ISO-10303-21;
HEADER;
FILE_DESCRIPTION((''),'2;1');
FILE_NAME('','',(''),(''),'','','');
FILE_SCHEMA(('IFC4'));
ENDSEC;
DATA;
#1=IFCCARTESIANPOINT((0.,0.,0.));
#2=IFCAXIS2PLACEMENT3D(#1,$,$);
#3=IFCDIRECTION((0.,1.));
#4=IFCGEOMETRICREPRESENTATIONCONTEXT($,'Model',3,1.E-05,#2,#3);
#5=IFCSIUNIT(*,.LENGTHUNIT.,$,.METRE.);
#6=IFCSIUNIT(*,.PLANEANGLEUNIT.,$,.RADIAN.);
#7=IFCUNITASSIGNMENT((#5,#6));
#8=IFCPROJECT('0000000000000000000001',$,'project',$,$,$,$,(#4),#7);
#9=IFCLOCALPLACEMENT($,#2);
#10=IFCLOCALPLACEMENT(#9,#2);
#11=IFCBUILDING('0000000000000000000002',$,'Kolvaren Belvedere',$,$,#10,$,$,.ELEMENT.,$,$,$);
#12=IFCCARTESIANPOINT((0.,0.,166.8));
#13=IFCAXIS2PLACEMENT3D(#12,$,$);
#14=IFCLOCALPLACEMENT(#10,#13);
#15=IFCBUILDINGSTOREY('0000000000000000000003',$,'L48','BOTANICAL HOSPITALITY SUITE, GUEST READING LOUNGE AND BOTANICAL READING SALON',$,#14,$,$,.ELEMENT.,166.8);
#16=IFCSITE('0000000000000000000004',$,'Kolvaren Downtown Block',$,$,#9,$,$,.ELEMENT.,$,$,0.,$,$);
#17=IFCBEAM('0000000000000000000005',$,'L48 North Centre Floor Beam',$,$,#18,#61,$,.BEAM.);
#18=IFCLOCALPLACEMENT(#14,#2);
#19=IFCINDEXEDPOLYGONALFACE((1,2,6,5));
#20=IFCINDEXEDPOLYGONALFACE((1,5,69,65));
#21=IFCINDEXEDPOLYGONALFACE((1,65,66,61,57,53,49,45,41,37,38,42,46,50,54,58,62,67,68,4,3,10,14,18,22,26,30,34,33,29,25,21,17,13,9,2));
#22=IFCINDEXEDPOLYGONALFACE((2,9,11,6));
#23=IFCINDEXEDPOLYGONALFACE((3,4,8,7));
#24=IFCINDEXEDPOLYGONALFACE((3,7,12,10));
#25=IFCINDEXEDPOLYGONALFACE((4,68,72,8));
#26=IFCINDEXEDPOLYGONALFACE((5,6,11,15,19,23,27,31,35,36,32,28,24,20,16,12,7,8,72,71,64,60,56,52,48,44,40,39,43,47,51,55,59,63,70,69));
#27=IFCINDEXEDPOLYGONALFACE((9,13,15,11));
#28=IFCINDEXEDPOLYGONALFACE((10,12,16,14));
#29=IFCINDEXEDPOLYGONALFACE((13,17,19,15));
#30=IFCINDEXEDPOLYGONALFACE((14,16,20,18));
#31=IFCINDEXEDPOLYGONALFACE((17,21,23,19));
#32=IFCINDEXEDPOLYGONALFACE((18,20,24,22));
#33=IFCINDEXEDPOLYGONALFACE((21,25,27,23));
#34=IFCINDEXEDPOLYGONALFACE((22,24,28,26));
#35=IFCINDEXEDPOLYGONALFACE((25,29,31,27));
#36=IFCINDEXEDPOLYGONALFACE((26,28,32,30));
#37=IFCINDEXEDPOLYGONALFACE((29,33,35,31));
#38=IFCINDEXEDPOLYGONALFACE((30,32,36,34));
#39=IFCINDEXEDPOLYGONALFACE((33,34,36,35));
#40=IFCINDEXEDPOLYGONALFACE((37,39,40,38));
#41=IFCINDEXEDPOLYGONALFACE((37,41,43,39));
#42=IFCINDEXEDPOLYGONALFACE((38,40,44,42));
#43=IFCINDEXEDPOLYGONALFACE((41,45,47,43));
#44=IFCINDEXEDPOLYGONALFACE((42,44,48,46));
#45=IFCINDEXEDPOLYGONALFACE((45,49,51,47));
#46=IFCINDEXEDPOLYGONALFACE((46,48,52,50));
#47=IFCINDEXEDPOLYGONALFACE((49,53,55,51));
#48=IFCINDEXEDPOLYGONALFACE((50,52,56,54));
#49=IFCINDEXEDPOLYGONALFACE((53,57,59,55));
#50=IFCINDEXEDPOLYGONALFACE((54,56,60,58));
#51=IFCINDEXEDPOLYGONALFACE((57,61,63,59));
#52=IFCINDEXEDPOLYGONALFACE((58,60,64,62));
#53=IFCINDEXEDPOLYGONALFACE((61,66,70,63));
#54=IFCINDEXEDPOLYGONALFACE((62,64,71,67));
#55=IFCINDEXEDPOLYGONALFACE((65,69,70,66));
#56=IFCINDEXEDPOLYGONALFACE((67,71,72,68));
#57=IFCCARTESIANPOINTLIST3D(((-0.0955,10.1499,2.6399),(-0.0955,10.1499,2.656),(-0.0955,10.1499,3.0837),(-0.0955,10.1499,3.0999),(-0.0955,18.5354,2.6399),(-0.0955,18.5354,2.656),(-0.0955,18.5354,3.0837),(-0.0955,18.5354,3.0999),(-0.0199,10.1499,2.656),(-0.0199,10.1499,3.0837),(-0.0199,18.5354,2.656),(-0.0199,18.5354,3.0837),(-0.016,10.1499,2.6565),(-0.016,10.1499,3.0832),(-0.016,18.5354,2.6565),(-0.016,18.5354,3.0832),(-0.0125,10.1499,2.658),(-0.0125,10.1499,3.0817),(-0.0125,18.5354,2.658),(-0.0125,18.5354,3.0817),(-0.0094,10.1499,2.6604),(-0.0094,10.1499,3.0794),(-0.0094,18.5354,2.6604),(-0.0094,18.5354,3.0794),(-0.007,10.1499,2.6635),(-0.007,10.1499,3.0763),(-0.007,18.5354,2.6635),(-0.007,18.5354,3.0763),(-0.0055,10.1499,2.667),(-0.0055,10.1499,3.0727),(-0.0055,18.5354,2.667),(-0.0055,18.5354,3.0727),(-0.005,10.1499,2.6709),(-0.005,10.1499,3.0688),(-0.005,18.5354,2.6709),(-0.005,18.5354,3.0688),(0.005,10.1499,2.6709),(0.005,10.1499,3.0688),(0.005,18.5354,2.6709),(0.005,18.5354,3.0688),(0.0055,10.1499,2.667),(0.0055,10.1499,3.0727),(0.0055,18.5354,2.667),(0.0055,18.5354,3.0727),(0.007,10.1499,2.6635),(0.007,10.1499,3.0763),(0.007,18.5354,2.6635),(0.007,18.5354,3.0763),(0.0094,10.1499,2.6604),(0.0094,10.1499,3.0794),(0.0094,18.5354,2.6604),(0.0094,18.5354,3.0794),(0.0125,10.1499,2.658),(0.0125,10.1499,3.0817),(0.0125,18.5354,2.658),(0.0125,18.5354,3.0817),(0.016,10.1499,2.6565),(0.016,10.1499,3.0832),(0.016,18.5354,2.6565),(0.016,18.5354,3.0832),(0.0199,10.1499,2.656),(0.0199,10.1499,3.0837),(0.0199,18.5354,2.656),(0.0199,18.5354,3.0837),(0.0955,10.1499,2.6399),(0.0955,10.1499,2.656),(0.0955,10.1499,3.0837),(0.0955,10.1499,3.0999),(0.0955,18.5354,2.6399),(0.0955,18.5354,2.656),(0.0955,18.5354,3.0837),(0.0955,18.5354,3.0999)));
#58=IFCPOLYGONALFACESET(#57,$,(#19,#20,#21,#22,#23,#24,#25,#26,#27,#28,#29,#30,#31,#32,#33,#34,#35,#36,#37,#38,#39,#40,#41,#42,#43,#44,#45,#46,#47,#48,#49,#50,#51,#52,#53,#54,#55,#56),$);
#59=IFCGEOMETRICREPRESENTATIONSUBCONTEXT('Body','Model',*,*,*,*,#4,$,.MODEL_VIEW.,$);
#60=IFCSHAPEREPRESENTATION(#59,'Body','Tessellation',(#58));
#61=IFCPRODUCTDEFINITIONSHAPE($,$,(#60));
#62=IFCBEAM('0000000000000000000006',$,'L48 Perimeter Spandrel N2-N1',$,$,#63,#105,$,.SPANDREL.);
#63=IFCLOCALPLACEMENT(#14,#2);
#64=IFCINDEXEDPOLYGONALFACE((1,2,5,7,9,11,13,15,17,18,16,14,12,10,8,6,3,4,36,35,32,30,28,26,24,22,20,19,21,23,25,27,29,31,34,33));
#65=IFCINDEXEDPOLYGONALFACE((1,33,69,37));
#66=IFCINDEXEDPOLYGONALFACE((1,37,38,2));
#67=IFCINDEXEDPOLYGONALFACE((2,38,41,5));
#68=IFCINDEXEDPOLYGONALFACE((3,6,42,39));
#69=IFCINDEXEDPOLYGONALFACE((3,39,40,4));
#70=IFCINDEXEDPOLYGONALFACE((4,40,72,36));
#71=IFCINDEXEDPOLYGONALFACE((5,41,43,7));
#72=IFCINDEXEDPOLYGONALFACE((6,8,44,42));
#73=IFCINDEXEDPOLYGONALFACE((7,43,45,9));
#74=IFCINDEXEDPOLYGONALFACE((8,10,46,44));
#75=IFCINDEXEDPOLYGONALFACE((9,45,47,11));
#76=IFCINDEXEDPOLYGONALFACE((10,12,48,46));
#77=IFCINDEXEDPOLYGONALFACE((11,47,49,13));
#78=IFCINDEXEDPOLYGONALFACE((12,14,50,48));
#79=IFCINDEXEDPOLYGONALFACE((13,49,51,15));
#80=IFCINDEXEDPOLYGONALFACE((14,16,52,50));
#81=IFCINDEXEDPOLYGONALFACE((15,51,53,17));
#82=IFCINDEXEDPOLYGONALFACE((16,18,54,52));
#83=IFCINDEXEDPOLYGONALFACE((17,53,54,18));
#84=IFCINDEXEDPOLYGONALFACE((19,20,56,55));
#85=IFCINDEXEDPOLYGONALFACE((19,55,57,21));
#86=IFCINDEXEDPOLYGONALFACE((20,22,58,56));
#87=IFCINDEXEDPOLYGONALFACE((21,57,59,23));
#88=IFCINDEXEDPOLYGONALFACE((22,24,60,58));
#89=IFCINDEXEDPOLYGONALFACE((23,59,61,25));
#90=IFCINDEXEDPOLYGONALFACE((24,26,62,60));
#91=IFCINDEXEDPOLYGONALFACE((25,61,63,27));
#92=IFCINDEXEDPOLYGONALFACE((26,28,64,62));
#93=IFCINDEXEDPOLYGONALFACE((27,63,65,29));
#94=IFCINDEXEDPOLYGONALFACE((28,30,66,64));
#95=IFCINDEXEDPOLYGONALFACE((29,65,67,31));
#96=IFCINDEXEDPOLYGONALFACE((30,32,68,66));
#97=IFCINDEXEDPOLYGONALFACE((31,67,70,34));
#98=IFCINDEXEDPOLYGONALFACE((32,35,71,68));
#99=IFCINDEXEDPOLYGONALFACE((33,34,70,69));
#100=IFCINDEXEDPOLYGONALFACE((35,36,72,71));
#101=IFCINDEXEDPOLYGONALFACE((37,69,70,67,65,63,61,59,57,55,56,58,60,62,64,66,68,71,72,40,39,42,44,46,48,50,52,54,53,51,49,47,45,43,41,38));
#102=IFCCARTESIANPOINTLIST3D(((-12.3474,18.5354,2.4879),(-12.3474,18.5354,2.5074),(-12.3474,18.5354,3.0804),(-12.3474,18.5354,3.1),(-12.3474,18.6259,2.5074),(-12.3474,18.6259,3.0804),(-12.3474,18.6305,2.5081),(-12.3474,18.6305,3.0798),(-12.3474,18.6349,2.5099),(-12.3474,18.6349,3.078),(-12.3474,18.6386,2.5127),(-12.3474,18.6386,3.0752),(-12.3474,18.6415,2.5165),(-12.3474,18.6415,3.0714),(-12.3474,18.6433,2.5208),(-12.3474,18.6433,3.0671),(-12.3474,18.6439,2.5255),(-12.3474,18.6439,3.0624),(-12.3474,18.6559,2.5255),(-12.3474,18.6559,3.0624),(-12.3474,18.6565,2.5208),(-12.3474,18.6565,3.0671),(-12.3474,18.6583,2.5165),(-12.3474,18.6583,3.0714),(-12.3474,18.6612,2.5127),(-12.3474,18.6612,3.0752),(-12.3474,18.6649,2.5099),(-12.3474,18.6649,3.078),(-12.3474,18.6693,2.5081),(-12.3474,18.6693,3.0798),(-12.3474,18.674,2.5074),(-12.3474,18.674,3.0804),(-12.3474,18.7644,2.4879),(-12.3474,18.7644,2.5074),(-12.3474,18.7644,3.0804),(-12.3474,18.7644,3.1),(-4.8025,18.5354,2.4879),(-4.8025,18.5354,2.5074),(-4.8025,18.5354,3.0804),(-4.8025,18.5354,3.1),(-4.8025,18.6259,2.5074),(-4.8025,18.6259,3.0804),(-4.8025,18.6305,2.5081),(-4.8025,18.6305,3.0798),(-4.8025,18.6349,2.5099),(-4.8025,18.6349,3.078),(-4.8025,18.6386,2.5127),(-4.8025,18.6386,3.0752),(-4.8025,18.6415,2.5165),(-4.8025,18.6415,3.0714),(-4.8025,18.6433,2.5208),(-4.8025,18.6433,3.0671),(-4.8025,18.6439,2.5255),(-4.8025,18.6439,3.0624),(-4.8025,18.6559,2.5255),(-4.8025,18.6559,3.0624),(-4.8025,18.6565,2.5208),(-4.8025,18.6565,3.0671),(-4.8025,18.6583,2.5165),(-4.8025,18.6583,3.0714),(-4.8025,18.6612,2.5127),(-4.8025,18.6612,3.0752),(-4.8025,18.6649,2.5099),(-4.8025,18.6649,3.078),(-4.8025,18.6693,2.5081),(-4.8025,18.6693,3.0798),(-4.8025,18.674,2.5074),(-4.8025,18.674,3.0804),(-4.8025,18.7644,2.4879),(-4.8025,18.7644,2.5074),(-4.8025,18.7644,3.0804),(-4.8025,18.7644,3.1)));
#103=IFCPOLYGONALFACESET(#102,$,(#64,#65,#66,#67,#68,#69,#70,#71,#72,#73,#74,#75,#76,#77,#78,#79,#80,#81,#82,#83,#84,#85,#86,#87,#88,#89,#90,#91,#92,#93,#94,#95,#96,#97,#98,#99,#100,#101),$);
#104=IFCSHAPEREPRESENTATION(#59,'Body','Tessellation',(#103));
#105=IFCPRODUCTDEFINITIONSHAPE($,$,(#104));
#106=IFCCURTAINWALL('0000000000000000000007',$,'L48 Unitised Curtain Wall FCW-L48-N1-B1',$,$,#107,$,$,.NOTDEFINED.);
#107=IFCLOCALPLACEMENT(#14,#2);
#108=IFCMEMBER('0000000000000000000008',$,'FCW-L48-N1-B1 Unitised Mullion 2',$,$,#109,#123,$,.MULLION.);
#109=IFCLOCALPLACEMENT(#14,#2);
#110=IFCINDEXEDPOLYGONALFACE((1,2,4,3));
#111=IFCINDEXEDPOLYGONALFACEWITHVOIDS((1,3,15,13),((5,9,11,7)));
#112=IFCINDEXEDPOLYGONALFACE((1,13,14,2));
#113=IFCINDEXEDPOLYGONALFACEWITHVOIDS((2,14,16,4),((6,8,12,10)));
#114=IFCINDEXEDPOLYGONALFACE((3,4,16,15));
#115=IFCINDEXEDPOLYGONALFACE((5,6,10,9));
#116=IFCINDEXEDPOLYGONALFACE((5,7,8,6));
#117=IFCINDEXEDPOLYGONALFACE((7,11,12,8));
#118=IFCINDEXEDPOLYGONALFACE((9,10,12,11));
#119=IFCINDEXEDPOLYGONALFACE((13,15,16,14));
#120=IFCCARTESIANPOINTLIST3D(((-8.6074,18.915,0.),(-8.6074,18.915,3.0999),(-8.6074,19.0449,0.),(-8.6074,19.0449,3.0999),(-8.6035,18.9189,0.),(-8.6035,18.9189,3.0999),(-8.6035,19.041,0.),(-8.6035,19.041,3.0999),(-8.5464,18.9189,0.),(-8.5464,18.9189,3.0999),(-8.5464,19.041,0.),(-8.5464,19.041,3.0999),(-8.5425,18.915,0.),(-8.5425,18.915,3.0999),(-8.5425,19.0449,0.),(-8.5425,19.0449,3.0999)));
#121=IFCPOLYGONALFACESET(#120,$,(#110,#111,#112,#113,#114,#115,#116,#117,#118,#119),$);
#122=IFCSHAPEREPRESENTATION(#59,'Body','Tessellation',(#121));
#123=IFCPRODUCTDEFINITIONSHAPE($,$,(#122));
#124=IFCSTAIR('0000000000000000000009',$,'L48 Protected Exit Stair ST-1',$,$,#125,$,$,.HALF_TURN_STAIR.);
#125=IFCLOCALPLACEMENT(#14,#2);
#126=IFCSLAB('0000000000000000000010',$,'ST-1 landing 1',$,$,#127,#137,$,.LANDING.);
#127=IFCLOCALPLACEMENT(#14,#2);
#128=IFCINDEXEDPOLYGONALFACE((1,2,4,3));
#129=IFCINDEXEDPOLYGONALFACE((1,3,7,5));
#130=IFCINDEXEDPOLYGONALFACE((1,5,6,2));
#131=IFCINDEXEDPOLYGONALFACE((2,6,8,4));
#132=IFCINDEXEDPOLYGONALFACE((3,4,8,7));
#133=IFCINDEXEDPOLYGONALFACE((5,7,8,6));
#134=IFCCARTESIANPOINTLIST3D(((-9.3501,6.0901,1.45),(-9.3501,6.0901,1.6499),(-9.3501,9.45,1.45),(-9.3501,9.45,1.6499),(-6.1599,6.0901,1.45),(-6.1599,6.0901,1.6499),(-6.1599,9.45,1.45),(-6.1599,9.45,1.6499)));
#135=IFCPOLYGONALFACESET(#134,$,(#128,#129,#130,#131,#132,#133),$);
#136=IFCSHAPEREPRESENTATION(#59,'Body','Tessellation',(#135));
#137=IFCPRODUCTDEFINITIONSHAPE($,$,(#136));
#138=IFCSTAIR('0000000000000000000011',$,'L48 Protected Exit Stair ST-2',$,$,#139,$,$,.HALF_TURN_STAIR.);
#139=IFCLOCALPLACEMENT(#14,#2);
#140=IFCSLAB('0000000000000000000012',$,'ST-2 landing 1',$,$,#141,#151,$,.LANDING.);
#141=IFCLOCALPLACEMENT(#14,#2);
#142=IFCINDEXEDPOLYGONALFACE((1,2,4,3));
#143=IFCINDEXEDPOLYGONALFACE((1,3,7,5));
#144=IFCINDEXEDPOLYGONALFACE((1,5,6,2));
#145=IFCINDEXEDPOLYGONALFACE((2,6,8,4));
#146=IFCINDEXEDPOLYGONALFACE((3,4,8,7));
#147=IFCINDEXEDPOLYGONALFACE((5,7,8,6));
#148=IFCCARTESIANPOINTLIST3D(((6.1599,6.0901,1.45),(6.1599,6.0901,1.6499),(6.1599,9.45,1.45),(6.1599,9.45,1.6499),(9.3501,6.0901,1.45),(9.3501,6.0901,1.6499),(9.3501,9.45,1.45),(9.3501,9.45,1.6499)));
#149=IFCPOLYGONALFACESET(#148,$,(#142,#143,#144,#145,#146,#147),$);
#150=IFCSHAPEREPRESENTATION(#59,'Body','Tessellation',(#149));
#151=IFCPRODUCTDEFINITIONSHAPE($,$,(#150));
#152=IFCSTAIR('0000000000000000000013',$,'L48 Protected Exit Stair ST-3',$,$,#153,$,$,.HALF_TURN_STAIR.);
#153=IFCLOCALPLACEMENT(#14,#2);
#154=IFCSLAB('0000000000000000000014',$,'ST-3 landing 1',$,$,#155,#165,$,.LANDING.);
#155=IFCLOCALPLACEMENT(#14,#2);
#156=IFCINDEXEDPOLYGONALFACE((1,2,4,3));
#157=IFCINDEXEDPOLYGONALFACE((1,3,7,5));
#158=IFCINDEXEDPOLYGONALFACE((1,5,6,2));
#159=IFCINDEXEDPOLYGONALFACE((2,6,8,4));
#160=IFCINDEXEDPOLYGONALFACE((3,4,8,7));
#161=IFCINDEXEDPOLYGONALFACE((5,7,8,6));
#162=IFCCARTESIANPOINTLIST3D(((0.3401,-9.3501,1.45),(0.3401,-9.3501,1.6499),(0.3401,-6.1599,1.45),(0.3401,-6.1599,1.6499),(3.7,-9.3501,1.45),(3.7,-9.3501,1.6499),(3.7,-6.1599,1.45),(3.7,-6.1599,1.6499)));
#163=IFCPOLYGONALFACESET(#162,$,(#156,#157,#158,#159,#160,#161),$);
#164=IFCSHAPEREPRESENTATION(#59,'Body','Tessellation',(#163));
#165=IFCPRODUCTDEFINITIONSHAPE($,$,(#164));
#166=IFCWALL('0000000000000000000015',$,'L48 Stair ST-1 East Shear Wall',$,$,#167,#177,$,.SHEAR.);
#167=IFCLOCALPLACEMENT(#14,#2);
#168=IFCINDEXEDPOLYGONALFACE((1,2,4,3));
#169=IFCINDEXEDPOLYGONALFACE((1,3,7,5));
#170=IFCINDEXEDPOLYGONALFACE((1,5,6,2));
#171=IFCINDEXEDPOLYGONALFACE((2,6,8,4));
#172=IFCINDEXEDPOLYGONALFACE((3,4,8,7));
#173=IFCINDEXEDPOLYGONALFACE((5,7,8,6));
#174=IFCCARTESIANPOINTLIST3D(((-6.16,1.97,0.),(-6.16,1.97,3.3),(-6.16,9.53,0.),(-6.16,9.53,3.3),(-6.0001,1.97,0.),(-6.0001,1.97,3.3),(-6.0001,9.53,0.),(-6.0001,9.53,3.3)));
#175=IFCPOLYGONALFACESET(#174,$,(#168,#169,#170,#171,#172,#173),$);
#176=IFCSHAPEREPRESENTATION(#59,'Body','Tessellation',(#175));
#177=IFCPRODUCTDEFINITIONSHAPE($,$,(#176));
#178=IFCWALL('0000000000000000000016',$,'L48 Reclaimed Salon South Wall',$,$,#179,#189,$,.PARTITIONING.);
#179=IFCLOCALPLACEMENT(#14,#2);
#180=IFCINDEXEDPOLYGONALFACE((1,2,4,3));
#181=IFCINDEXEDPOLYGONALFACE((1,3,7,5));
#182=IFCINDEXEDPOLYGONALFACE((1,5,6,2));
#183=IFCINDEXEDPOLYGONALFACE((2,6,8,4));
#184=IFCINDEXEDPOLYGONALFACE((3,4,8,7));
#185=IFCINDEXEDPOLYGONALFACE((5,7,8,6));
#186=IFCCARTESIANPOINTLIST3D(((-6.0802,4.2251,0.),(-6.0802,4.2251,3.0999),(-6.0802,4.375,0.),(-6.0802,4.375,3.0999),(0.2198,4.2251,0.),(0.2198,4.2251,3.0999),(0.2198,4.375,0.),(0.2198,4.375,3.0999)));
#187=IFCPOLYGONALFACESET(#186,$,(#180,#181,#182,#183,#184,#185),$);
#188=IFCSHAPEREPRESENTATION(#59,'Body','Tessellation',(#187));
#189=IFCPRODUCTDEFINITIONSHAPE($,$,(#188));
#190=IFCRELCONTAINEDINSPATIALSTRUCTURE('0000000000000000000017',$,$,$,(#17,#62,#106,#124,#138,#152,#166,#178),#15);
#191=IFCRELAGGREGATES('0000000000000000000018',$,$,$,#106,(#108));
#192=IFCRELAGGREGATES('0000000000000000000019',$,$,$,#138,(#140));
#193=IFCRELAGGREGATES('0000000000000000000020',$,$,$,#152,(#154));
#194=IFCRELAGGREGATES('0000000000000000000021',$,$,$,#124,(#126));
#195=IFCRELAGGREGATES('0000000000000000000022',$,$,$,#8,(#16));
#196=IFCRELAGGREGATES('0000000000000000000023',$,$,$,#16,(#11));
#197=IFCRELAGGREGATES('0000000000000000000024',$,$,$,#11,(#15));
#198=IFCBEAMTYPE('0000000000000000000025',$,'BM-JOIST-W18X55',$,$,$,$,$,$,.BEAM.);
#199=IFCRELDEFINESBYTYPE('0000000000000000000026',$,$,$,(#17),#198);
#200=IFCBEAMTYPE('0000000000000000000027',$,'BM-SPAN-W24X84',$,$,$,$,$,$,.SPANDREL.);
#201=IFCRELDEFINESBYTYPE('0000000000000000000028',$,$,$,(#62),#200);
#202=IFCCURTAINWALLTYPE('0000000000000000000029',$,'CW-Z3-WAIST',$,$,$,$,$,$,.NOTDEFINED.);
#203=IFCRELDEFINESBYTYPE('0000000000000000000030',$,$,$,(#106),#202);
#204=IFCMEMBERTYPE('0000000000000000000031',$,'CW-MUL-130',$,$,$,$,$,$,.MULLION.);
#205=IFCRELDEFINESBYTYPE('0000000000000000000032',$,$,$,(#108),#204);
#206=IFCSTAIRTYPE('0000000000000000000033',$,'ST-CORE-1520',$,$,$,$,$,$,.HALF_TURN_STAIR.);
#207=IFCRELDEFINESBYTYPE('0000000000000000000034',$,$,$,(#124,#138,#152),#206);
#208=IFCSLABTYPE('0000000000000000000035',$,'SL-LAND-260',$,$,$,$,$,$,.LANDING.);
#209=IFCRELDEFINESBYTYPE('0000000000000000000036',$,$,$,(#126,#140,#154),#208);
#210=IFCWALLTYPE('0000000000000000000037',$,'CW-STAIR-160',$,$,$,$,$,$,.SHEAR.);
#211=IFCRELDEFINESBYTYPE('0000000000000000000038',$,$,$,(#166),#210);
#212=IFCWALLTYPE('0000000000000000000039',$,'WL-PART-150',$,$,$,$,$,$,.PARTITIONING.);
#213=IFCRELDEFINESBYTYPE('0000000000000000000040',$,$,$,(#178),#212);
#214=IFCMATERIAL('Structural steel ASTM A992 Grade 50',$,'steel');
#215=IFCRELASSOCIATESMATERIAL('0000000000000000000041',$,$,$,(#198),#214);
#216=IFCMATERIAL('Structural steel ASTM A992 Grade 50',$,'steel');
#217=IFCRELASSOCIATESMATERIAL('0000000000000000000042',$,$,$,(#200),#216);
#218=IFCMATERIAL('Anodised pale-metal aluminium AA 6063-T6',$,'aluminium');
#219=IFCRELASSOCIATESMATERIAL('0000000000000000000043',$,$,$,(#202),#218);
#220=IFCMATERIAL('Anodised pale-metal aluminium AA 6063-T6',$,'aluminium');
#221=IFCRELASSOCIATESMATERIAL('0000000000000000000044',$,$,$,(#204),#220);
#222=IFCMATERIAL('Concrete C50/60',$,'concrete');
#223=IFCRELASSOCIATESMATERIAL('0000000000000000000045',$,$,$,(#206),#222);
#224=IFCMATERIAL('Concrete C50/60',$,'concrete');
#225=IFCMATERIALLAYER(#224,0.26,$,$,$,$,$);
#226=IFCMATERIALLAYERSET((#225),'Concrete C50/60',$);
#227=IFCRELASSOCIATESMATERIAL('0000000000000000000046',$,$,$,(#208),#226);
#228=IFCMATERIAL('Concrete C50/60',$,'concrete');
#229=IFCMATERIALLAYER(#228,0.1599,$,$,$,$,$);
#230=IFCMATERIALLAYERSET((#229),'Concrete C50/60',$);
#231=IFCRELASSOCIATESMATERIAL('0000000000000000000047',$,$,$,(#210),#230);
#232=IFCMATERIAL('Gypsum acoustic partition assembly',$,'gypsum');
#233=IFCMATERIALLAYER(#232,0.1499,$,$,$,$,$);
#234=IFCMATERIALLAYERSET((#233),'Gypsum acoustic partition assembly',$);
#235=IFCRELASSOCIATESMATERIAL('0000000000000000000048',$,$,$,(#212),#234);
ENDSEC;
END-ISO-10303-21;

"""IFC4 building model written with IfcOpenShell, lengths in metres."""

from ifc_helpers import new_model, si_unit, direction, frame, frame_2d, origin, origin_2d, place, context, subcontext, project, spatial, polyline, rectangle, hollow_rectangle, i_section, outline, extrude, material, layer, layer_set, material_profile, profile_set, type_object, element, aggregate, save


model = new_model("IFC4")

# Units and contexts
model_context = context("Model", 3, precision=1e-05, world=origin(), true_north=direction((0.0, 1.0)))
body_context = subcontext(model_context, "Body", "Model", "MODEL_VIEW")
ifc_project = project(units=[si_unit("LENGTHUNIT", "METRE"), si_unit("PLANEANGLEUNIT", "RADIAN")], contexts=[model_context])

# Site, building, storey
site_placement = place(None, origin())
site = spatial("IfcSite", under=ifc_project, at=site_placement, Name="Kolvaren Downtown Block", CompositionType="ELEMENT", RefElevation=0.0)
building_placement = place(site_placement, origin())
building = spatial("IfcBuilding", under=site, at=building_placement, Name="Kolvaren Belvedere", CompositionType="ELEMENT")
storey_placement = place(building_placement, frame((0.0, 0.0, 166.8)))
storey = spatial("IfcBuildingStorey", under=building, at=storey_placement, Name="L48", Description="BOTANICAL HOSPITALITY SUITE, GUEST READING LOUNGE AND BOTANICAL READING SALON", CompositionType="ELEMENT", Elevation=166.8)

# Beams
ifc_material_1 = material(Name="Structural steel ASTM A992 Grade 50", Category="steel")
ifc_material_profile_1 = material_profile(ifc_material_1, i_section(OverallWidth=0.1909, OverallDepth=0.46, WebThickness=0.01, FlangeThickness=0.0161, FilletRadius=0.0149, at=origin_2d()), Name="W18X55")
ifc_profile_set_1 = profile_set([ifc_material_profile_1], Name="Structural steel ASTM A992 Grade 50")
beam_type_1 = type_object("IfcBeamType", Name="BM-JOIST-W18X55", PredefinedType="BEAM", material=ifc_profile_set_1)
beam_1_placement = place(storey_placement, frame((0.0, 10.1499, 2.8699), z_axis=(0.0, 1.0, 0.0), x_axis=(-1.0, 0.0, 0.0)))
element("IfcBeam", 1, at=beam_1_placement, inside=storey, type_object=beam_type_1, Name="L48 North Centre Floor Beam", PredefinedType="BEAM", context=body_context, shape_type="SweptSolid", body=[
    extrude(i_section(OverallWidth=0.1909, OverallDepth=0.46, WebThickness=0.01, FlangeThickness=0.0161, FilletRadius=0.0149, at=origin_2d()), origin(), (0.0, 0.0, 1.0), 8.3855),
])
ifc_material_2 = material(Name="Structural steel ASTM A992 Grade 50", Category="steel")
ifc_material_profile_2 = material_profile(ifc_material_2, i_section(OverallWidth=0.229, OverallDepth=0.6121, WebThickness=0.012, FlangeThickness=0.0195, FilletRadius=0.0181, at=origin_2d()), Name="W24X84")
ifc_profile_set_2 = profile_set([ifc_material_profile_2], Name="Structural steel ASTM A992 Grade 50")
beam_type_2 = type_object("IfcBeamType", Name="BM-SPAN-W24X84", PredefinedType="SPANDREL", material=ifc_profile_set_2)
beam_2_placement = place(storey_placement, frame((-4.8025, 18.6499, 2.7939), z_axis=(-1.0, 0.0, 0.0), x_axis=(0.0, -1.0, 0.0)))
element("IfcBeam", 2, at=beam_2_placement, inside=storey, type_object=beam_type_2, Name="L48 Perimeter Spandrel N2-N1", PredefinedType="SPANDREL", context=body_context, shape_type="SweptSolid", body=[
    extrude(i_section(OverallWidth=0.229, OverallDepth=0.6121, WebThickness=0.012, FlangeThickness=0.0195, FilletRadius=0.0181, at=origin_2d()), origin(), (0.0, 0.0, 1.0), 7.5449),
])

# Curtain wall, member
ifc_material_3 = material(Name="Anodised pale-metal aluminium AA 6063-T6", Category="aluminium")
curtain_wall_type = type_object("IfcCurtainWallType", Name="CW-Z3-WAIST", PredefinedType="NOTDEFINED", material=ifc_material_3)
curtain_wall_placement = place(storey_placement, origin())
curtain_wall = element("IfcCurtainWall", 3, at=curtain_wall_placement, inside=storey, type_object=curtain_wall_type, Name="L48 Unitised Curtain Wall FCW-L48-N1-B1", PredefinedType="NOTDEFINED")
ifc_material_4 = material(Name="Anodised pale-metal aluminium AA 6063-T6", Category="aluminium")
ifc_material_profile_3 = material_profile(ifc_material_4, hollow_rectangle(XDim=0.0649, YDim=0.1299, WallThickness=0.0039, at=origin_2d()), Name="ALU-MUL-130X65")
ifc_profile_set_3 = profile_set([ifc_material_profile_3], Name="Anodised pale-metal aluminium AA 6063-T6")
member_type = type_object("IfcMemberType", Name="CW-MUL-130", PredefinedType="MULLION", material=ifc_profile_set_3)
member_placement = place(storey_placement, frame((-8.575, 18.98, 0.0), z_axis=(0.0, 0.0, 1.0), x_axis=(1.0, 0.0, 0.0)))
member = element("IfcMember", 4, at=member_placement, type_object=member_type, Name="FCW-L48-N1-B1 Unitised Mullion 2", PredefinedType="MULLION", context=body_context, shape_type="SweptSolid", body=[
    extrude(hollow_rectangle(XDim=0.0649, YDim=0.1299, WallThickness=0.0039, at=origin_2d()), origin(), (0.0, 0.0, 1.0), 3.0999),
])
aggregate(curtain_wall, [member])

# Stairs, slabs
ifc_material_5 = material(Name="Concrete C50/60", Category="concrete")
stair_type = type_object("IfcStairType", Name="ST-CORE-1520", PredefinedType="HALF_TURN_STAIR", material=ifc_material_5)
stair_1_placement = place(storey_placement, origin())
stair_1 = element("IfcStair", 5, at=stair_1_placement, inside=storey, type_object=stair_type, Name="L48 Protected Exit Stair ST-1", PredefinedType="HALF_TURN_STAIR")
ifc_material_6 = material(Name="Concrete C50/60", Category="concrete")
ifc_layer_1 = layer(ifc_material_6, 0.26)
ifc_layer_set_1 = layer_set([ifc_layer_1], Name="Concrete C50/60")
slab_type = type_object("IfcSlabType", Name="SL-LAND-260", PredefinedType="LANDING", material=ifc_layer_set_1)
slab_1_placement = place(storey_placement, frame((0.0, 0.0, 1.45)))
slab_1 = element("IfcSlab", 6, at=slab_1_placement, type_object=slab_type, Name="ST-1 landing 1", PredefinedType="LANDING", context=body_context, shape_type="SweptSolid", body=[
    extrude(outline(polyline([(-6.1599, 6.0901), (-6.1599, 9.45), (-9.3501, 9.45), (-9.3501, 6.0901), (-6.1599, 6.0901)])), origin(), (0.0, 0.0, 1.0), 0.2),
])
stair_2_placement = place(storey_placement, origin())
stair_2 = element("IfcStair", 7, at=stair_2_placement, inside=storey, type_object=stair_type, Name="L48 Protected Exit Stair ST-2", PredefinedType="HALF_TURN_STAIR")
slab_2_placement = place(storey_placement, frame((0.0, 0.0, 1.45)))
slab_2 = element("IfcSlab", 8, at=slab_2_placement, type_object=slab_type, Name="ST-2 landing 1", PredefinedType="LANDING", context=body_context, shape_type="SweptSolid", body=[
    extrude(outline(polyline([(9.3501, 6.0901), (9.3501, 9.45), (6.1599, 9.45), (6.1599, 6.0901), (9.3501, 6.0901)])), origin(), (0.0, 0.0, 1.0), 0.2),
])
aggregate(stair_2, [slab_2])
stair_3_placement = place(storey_placement, origin())
stair_3 = element("IfcStair", 9, at=stair_3_placement, inside=storey, type_object=stair_type, Name="L48 Protected Exit Stair ST-3", PredefinedType="HALF_TURN_STAIR")
slab_3_placement = place(storey_placement, frame((0.0, 0.0, 1.45)))
slab_3 = element("IfcSlab", 10, at=slab_3_placement, type_object=slab_type, Name="ST-3 landing 1", PredefinedType="LANDING", context=body_context, shape_type="SweptSolid", body=[
    extrude(outline(polyline([(0.3401, -9.3501), (3.7, -9.3501), (3.7, -6.1599), (0.3401, -6.1599), (0.3401, -9.3501)])), origin(), (0.0, 0.0, 1.0), 0.2),
])
aggregate(stair_3, [slab_3])

# Walls
ifc_material_7 = material(Name="Concrete C50/60", Category="concrete")
ifc_layer_2 = layer(ifc_material_7, 0.1599)
ifc_layer_set_2 = layer_set([ifc_layer_2], Name="Concrete C50/60")
wall_type_1 = type_object("IfcWallType", Name="CW-STAIR-160", PredefinedType="SHEAR", material=ifc_layer_set_2)
wall_1_placement = place(storey_placement, frame((-6.0801, 1.97, 0.0), z_axis=(0.0, 0.0, 1.0), x_axis=(0.0, 1.0, 0.0)))
element("IfcWall", 11, at=wall_1_placement, inside=storey, type_object=wall_type_1, Name="L48 Stair ST-1 East Shear Wall", PredefinedType="SHEAR", context=body_context, shape_type="SweptSolid", body=[
    extrude(rectangle(XDim=7.5601, YDim=0.1599, at=frame_2d((3.78, 0.0))), origin(), (0.0, 0.0, 1.0), 3.3),
])
ifc_material_8 = material(Name="Gypsum acoustic partition assembly", Category="gypsum")
ifc_layer_3 = layer(ifc_material_8, 0.1499)
ifc_layer_set_3 = layer_set([ifc_layer_3], Name="Gypsum acoustic partition assembly")
wall_type_2 = type_object("IfcWallType", Name="WL-PART-150", PredefinedType="PARTITIONING", material=ifc_layer_set_3)
wall_2_placement = place(storey_placement, frame((-6.0801, 4.3, 0.0), z_axis=(0.0, 0.0, 1.0), x_axis=(1.0, 0.0, 0.0)))
element("IfcWall", 12, at=wall_2_placement, inside=storey, type_object=wall_type_2, Name="L48 Reclaimed Salon South Wall", PredefinedType="PARTITIONING", context=body_context, shape_type="SweptSolid", body=[
    extrude(rectangle(XDim=6.3, YDim=0.1499, at=frame_2d((3.1499, 0.0))), origin(), (0.0, 0.0, 1.0), 3.0999),
])

aggregate(stair_1, [slab_1])

save(model, "model.ifc")
